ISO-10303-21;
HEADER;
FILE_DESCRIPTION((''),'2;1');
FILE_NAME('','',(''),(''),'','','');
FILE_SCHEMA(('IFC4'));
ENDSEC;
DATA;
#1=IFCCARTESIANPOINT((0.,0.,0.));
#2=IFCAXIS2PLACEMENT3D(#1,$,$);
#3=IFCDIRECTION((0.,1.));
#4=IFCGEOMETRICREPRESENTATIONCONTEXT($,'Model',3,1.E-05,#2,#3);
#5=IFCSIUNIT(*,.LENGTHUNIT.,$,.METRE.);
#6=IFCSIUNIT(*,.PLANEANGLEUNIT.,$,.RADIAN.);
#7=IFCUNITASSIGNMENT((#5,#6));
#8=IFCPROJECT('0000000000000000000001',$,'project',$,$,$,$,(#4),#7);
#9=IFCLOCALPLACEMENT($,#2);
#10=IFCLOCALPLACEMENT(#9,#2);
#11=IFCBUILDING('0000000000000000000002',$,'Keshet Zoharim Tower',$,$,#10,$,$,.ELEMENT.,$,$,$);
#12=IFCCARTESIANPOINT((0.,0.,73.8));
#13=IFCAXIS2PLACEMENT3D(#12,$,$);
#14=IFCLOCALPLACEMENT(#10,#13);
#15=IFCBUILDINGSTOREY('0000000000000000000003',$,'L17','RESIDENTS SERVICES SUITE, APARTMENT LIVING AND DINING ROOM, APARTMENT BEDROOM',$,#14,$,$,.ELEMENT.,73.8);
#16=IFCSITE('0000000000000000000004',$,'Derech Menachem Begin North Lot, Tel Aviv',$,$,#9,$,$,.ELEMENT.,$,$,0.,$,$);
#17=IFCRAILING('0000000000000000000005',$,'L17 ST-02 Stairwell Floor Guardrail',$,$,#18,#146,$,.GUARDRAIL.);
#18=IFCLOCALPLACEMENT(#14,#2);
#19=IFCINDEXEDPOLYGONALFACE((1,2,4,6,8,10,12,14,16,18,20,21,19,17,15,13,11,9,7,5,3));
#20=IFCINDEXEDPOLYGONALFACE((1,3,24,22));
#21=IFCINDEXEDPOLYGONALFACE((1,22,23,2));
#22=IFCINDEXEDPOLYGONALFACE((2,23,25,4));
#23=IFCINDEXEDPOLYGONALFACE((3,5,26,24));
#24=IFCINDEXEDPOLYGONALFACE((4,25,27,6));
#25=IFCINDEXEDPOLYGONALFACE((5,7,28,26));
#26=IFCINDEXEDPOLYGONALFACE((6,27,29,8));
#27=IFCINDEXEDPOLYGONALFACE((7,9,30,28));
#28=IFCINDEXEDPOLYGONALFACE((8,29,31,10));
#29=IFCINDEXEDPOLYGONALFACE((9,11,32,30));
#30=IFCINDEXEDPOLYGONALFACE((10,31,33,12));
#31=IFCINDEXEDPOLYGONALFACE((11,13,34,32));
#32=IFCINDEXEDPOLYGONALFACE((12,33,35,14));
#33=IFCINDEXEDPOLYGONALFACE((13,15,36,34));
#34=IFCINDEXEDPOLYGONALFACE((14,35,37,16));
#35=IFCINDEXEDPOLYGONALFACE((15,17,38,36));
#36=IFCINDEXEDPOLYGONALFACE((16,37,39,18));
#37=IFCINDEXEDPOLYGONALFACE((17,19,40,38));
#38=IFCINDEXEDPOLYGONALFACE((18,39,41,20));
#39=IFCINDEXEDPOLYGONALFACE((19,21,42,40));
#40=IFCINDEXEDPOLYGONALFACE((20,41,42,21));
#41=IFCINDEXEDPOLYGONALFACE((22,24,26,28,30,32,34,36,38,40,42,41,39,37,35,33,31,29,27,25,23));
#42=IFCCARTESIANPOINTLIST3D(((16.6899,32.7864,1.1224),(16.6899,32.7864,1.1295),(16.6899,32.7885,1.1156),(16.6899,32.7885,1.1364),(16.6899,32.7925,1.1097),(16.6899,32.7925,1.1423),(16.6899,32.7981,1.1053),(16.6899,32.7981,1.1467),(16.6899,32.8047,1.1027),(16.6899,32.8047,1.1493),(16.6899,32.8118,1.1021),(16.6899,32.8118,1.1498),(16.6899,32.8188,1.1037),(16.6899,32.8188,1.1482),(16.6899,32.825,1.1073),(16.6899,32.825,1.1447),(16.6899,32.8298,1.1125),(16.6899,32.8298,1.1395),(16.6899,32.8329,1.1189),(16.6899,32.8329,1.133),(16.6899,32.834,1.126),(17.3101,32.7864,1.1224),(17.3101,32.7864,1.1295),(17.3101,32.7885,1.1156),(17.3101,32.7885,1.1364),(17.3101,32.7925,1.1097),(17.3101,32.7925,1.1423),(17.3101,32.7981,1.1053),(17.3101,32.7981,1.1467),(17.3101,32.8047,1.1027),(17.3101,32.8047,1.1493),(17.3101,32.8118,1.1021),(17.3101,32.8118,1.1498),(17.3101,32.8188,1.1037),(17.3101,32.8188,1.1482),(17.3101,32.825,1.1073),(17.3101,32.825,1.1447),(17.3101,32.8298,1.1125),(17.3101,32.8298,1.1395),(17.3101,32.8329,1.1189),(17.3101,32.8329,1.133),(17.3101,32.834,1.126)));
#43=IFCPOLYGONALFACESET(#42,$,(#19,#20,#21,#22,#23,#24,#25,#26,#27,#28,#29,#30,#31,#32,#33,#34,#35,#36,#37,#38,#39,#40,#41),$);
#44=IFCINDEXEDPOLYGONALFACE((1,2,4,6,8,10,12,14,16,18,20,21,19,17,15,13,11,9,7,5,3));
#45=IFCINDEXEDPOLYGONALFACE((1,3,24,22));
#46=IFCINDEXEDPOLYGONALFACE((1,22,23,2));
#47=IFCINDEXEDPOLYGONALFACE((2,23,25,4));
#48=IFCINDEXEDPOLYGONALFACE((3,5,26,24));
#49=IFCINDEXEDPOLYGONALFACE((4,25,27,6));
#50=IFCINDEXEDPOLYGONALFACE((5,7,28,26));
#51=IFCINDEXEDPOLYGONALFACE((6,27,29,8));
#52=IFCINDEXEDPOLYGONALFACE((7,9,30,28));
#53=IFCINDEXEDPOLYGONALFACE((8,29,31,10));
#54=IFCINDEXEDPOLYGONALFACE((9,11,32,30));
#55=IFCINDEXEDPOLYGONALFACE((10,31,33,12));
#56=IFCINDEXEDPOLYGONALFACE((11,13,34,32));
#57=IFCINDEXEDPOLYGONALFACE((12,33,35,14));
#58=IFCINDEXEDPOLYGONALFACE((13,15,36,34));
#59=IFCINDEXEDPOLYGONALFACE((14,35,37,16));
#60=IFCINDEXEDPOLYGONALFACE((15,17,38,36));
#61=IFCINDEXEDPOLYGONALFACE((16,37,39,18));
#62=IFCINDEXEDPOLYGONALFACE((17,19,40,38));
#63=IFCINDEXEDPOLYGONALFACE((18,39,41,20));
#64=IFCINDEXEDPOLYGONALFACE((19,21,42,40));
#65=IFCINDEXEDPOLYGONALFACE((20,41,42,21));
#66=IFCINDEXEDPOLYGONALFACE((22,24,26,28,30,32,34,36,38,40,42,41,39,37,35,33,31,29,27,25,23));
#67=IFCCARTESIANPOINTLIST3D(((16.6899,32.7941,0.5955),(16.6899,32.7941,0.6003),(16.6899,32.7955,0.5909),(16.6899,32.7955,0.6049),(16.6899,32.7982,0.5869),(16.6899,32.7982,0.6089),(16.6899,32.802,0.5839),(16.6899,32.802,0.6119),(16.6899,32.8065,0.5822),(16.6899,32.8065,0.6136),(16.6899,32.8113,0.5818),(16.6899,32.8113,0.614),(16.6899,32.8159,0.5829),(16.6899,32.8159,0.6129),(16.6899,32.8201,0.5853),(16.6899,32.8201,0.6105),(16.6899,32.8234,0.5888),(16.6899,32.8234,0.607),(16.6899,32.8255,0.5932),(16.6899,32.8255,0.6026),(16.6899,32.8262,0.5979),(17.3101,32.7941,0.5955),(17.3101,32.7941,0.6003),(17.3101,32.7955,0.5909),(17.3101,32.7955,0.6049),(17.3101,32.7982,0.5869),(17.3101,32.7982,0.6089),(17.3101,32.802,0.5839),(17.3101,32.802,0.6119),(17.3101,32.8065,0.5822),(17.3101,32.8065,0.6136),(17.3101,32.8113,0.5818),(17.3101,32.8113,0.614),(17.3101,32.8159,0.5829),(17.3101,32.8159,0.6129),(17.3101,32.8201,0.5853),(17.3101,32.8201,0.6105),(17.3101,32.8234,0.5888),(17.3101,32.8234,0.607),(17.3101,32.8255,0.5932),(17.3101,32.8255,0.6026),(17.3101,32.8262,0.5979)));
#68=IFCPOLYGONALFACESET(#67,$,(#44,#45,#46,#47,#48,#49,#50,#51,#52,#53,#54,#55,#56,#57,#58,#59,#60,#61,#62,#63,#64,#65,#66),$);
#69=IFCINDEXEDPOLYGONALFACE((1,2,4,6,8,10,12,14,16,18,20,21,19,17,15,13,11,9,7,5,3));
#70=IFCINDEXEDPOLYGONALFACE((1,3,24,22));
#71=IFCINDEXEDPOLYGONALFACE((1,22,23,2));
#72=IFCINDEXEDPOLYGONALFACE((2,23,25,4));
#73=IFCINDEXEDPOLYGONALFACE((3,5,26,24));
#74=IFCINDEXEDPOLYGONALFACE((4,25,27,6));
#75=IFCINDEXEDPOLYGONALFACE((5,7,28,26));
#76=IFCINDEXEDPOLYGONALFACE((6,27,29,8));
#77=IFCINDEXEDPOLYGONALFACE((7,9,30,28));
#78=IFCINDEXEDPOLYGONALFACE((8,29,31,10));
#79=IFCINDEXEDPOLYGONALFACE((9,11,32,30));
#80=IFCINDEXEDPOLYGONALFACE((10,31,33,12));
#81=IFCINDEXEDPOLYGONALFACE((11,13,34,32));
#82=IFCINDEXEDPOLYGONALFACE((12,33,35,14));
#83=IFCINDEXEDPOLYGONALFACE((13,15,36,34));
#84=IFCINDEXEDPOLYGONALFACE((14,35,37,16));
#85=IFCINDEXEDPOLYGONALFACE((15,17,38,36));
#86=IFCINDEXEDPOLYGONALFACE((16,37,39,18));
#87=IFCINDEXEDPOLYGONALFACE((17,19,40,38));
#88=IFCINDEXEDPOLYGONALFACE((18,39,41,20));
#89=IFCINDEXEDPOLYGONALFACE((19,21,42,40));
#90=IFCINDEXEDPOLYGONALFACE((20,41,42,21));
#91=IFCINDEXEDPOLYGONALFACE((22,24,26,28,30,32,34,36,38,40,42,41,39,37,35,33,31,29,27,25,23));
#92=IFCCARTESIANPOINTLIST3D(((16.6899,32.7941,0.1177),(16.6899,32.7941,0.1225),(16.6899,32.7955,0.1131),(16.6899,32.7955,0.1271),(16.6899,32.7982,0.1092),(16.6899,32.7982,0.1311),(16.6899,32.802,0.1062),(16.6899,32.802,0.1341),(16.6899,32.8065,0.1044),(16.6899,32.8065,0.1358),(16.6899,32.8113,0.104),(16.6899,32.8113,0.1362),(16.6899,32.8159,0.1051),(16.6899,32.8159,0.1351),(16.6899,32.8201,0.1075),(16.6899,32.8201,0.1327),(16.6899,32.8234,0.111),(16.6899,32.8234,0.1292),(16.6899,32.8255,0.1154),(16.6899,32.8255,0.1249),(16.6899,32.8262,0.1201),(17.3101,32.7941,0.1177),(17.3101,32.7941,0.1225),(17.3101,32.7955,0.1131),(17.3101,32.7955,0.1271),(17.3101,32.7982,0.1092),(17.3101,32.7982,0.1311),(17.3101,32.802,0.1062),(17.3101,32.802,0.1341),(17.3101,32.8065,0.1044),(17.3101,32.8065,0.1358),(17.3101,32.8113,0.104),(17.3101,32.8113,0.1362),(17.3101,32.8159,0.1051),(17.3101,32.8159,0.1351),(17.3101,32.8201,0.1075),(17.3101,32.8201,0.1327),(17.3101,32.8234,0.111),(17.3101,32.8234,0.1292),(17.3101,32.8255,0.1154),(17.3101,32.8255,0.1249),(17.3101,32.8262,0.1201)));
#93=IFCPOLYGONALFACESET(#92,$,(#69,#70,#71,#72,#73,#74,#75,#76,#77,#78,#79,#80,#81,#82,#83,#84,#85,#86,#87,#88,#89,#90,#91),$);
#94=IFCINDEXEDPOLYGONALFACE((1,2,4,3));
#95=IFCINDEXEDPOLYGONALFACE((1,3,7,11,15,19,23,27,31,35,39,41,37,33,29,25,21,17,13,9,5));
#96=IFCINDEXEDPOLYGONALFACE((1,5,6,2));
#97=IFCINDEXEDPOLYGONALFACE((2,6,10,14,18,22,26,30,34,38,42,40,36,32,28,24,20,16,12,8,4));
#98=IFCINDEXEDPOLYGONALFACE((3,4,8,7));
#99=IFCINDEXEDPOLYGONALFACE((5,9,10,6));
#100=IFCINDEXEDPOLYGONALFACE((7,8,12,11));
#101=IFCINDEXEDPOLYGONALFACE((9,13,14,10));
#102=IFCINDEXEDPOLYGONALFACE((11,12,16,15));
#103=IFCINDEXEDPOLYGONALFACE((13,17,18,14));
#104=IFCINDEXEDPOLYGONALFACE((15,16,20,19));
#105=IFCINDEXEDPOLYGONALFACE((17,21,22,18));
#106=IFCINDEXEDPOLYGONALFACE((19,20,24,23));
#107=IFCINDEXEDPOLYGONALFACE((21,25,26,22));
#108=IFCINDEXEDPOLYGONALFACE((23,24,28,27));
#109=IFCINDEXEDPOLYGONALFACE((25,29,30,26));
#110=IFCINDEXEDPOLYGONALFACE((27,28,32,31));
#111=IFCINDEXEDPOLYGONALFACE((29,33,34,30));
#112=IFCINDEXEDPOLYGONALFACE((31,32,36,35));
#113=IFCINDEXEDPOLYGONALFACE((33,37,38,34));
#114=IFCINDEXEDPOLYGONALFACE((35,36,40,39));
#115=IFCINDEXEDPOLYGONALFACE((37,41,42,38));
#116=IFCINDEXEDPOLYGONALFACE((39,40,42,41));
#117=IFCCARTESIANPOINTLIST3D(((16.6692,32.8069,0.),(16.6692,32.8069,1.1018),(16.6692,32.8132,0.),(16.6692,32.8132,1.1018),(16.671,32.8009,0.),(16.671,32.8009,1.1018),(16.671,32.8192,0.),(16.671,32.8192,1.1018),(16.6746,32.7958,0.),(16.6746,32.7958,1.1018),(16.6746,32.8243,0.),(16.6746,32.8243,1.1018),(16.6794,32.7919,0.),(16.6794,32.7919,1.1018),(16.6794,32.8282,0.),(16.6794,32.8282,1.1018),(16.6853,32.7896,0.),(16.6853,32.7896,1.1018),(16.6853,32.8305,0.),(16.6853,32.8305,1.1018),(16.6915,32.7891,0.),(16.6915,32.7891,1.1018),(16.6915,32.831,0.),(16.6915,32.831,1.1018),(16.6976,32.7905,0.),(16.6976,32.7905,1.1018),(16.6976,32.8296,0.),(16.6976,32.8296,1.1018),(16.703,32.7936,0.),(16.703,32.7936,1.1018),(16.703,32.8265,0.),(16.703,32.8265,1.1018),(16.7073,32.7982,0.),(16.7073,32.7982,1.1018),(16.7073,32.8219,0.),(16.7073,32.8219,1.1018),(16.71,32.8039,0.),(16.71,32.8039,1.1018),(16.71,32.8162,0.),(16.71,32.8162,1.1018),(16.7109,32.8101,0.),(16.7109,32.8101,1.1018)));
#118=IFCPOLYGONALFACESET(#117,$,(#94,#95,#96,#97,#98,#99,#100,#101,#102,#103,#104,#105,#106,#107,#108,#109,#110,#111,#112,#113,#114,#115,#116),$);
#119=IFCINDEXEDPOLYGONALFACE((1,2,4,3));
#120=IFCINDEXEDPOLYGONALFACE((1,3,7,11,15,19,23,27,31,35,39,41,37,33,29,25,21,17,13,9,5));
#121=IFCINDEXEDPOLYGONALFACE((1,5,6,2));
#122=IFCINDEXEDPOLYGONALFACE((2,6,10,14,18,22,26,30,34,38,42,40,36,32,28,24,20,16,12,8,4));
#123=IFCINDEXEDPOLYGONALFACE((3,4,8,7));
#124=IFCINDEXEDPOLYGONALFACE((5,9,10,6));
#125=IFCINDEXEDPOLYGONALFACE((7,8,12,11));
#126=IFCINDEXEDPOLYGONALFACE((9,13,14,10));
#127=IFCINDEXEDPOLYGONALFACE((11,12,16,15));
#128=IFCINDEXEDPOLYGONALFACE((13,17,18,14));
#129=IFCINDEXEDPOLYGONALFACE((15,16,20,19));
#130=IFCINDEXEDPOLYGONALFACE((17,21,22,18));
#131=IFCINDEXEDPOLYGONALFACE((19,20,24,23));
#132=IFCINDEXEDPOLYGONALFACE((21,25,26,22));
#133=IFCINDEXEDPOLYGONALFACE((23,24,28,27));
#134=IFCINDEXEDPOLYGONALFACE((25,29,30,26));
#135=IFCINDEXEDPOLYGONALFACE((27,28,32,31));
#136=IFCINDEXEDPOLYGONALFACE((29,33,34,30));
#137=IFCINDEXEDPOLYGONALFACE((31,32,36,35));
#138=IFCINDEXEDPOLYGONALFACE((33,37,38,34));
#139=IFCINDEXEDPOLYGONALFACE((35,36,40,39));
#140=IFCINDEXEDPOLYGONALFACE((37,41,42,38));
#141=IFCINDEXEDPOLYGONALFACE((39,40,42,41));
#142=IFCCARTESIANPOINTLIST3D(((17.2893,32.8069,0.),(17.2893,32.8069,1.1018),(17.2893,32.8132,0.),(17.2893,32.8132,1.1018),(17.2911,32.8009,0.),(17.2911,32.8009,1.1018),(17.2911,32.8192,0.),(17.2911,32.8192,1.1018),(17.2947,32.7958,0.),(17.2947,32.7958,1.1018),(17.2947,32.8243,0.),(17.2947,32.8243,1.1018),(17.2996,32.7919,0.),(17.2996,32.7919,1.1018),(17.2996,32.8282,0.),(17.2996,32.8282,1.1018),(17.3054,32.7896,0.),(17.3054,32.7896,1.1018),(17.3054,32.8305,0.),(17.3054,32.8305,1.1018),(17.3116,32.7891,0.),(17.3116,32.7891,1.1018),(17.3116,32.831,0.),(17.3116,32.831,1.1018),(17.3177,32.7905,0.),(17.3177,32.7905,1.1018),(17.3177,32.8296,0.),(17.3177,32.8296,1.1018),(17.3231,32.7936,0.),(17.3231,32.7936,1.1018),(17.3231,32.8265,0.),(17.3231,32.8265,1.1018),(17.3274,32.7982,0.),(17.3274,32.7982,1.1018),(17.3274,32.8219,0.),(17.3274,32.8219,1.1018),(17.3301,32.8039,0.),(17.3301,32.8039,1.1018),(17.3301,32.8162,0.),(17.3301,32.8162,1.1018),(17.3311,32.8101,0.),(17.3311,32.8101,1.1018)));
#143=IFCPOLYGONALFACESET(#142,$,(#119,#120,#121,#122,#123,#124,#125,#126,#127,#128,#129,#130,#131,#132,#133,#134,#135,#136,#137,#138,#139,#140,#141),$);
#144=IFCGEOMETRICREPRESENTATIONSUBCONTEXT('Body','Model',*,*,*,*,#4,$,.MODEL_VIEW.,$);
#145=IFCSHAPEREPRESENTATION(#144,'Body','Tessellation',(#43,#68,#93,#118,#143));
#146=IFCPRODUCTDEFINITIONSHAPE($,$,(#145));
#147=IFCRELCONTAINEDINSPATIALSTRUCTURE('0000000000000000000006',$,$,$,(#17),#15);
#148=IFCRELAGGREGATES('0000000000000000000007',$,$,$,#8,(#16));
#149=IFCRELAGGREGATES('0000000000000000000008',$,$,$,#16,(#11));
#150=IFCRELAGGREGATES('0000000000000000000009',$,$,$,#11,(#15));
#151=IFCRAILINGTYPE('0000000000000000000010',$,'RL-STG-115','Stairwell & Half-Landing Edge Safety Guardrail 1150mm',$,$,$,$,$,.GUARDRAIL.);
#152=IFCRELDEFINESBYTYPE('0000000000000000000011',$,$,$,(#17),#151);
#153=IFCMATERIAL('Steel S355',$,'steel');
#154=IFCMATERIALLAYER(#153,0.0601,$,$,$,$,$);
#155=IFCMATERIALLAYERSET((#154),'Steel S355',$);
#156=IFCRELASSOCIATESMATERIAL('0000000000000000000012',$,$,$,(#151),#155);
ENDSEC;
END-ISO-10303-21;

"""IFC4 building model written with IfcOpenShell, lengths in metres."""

from ifc_helpers import new_model, si_unit, direction, frame, origin, origin_2d, place, context, subcontext, project, spatial, circle, extrude, material, layer, layer_set, type_object, element, save


model = new_model("IFC4")

# Units and contexts
model_context = context("Model", 3, precision=1e-05, world=origin(), true_north=direction((0.0, 1.0)))
body_context = subcontext(model_context, "Body", "Model", "MODEL_VIEW")
ifc_project = project(units=[si_unit("LENGTHUNIT", "METRE"), si_unit("PLANEANGLEUNIT", "RADIAN")], contexts=[model_context])

# Site, building, storey
site_placement = place(None, origin())
site = spatial("IfcSite", under=ifc_project, at=site_placement, Name="Derech Menachem Begin North Lot, Tel Aviv", CompositionType="ELEMENT", RefElevation=0.0)
building_placement = place(site_placement, origin())
building = spatial("IfcBuilding", under=site, at=building_placement, Name="Keshet Zoharim Tower", CompositionType="ELEMENT")
storey_placement = place(building_placement, frame((0.0, 0.0, 73.8)))
storey = spatial("IfcBuildingStorey", under=building, at=storey_placement, Name="L17", Description="RESIDENTS SERVICES SUITE, APARTMENT LIVING AND DINING ROOM, APARTMENT BEDROOM", CompositionType="ELEMENT", Elevation=73.8)

# Shared definitions
ifc_material_1 = material(Name="Steel S355", Category="steel")

# Railing
ifc_layer_1 = layer(ifc_material_1, 0.0601)
ifc_layer_set_1 = layer_set([ifc_layer_1], Name="Steel S355")
railing_type_1 = type_object("IfcRailingType", Name="RL-STG-115", Description="Stairwell & Half-Landing Edge Safety Guardrail 1150mm", PredefinedType="GUARDRAIL", material=ifc_layer_set_1)
railing_1_placement = place(storey_placement, frame((16.6899, 32.8101, 0.0)))
element("IfcRailing", 1, at=railing_1_placement, inside=storey, type_object=railing_type_1, Name="L17 ST-02 Stairwell Floor Guardrail", PredefinedType="GUARDRAIL", context=body_context, shape_type="SweptSolid", body=[
    extrude(circle(Radius=0.0239, at=origin_2d()), frame((0.0, 0.0, 1.126), z_axis=(1.0, 0.0, 0.0), x_axis=(0.0, 1.0, 0.0)), (0.0, 0.0, 1.0), 0.6201),
    extrude(circle(Radius=0.0161, at=origin_2d()), frame((0.0, 0.0, 0.5979), z_axis=(1.0, 0.0, 0.0), x_axis=(0.0, 1.0, 0.0)), (0.0, 0.0, 1.0), 0.6201),
    extrude(circle(Radius=0.0161, at=origin_2d()), frame((0.0, 0.0, 0.1201), z_axis=(1.0, 0.0, 0.0), x_axis=(0.0, 1.0, 0.0)), (0.0, 0.0, 1.0), 0.6201),
    extrude(circle(Radius=0.021, at=origin_2d()), origin(), (0.0, 0.0, 1.0), 1.1018),
    extrude(circle(Radius=0.021, at=origin_2d()), frame((0.6201, 0.0, 0.0)), (0.0, 0.0, 1.0), 1.1018),
])

save(model, "model.ifc")
